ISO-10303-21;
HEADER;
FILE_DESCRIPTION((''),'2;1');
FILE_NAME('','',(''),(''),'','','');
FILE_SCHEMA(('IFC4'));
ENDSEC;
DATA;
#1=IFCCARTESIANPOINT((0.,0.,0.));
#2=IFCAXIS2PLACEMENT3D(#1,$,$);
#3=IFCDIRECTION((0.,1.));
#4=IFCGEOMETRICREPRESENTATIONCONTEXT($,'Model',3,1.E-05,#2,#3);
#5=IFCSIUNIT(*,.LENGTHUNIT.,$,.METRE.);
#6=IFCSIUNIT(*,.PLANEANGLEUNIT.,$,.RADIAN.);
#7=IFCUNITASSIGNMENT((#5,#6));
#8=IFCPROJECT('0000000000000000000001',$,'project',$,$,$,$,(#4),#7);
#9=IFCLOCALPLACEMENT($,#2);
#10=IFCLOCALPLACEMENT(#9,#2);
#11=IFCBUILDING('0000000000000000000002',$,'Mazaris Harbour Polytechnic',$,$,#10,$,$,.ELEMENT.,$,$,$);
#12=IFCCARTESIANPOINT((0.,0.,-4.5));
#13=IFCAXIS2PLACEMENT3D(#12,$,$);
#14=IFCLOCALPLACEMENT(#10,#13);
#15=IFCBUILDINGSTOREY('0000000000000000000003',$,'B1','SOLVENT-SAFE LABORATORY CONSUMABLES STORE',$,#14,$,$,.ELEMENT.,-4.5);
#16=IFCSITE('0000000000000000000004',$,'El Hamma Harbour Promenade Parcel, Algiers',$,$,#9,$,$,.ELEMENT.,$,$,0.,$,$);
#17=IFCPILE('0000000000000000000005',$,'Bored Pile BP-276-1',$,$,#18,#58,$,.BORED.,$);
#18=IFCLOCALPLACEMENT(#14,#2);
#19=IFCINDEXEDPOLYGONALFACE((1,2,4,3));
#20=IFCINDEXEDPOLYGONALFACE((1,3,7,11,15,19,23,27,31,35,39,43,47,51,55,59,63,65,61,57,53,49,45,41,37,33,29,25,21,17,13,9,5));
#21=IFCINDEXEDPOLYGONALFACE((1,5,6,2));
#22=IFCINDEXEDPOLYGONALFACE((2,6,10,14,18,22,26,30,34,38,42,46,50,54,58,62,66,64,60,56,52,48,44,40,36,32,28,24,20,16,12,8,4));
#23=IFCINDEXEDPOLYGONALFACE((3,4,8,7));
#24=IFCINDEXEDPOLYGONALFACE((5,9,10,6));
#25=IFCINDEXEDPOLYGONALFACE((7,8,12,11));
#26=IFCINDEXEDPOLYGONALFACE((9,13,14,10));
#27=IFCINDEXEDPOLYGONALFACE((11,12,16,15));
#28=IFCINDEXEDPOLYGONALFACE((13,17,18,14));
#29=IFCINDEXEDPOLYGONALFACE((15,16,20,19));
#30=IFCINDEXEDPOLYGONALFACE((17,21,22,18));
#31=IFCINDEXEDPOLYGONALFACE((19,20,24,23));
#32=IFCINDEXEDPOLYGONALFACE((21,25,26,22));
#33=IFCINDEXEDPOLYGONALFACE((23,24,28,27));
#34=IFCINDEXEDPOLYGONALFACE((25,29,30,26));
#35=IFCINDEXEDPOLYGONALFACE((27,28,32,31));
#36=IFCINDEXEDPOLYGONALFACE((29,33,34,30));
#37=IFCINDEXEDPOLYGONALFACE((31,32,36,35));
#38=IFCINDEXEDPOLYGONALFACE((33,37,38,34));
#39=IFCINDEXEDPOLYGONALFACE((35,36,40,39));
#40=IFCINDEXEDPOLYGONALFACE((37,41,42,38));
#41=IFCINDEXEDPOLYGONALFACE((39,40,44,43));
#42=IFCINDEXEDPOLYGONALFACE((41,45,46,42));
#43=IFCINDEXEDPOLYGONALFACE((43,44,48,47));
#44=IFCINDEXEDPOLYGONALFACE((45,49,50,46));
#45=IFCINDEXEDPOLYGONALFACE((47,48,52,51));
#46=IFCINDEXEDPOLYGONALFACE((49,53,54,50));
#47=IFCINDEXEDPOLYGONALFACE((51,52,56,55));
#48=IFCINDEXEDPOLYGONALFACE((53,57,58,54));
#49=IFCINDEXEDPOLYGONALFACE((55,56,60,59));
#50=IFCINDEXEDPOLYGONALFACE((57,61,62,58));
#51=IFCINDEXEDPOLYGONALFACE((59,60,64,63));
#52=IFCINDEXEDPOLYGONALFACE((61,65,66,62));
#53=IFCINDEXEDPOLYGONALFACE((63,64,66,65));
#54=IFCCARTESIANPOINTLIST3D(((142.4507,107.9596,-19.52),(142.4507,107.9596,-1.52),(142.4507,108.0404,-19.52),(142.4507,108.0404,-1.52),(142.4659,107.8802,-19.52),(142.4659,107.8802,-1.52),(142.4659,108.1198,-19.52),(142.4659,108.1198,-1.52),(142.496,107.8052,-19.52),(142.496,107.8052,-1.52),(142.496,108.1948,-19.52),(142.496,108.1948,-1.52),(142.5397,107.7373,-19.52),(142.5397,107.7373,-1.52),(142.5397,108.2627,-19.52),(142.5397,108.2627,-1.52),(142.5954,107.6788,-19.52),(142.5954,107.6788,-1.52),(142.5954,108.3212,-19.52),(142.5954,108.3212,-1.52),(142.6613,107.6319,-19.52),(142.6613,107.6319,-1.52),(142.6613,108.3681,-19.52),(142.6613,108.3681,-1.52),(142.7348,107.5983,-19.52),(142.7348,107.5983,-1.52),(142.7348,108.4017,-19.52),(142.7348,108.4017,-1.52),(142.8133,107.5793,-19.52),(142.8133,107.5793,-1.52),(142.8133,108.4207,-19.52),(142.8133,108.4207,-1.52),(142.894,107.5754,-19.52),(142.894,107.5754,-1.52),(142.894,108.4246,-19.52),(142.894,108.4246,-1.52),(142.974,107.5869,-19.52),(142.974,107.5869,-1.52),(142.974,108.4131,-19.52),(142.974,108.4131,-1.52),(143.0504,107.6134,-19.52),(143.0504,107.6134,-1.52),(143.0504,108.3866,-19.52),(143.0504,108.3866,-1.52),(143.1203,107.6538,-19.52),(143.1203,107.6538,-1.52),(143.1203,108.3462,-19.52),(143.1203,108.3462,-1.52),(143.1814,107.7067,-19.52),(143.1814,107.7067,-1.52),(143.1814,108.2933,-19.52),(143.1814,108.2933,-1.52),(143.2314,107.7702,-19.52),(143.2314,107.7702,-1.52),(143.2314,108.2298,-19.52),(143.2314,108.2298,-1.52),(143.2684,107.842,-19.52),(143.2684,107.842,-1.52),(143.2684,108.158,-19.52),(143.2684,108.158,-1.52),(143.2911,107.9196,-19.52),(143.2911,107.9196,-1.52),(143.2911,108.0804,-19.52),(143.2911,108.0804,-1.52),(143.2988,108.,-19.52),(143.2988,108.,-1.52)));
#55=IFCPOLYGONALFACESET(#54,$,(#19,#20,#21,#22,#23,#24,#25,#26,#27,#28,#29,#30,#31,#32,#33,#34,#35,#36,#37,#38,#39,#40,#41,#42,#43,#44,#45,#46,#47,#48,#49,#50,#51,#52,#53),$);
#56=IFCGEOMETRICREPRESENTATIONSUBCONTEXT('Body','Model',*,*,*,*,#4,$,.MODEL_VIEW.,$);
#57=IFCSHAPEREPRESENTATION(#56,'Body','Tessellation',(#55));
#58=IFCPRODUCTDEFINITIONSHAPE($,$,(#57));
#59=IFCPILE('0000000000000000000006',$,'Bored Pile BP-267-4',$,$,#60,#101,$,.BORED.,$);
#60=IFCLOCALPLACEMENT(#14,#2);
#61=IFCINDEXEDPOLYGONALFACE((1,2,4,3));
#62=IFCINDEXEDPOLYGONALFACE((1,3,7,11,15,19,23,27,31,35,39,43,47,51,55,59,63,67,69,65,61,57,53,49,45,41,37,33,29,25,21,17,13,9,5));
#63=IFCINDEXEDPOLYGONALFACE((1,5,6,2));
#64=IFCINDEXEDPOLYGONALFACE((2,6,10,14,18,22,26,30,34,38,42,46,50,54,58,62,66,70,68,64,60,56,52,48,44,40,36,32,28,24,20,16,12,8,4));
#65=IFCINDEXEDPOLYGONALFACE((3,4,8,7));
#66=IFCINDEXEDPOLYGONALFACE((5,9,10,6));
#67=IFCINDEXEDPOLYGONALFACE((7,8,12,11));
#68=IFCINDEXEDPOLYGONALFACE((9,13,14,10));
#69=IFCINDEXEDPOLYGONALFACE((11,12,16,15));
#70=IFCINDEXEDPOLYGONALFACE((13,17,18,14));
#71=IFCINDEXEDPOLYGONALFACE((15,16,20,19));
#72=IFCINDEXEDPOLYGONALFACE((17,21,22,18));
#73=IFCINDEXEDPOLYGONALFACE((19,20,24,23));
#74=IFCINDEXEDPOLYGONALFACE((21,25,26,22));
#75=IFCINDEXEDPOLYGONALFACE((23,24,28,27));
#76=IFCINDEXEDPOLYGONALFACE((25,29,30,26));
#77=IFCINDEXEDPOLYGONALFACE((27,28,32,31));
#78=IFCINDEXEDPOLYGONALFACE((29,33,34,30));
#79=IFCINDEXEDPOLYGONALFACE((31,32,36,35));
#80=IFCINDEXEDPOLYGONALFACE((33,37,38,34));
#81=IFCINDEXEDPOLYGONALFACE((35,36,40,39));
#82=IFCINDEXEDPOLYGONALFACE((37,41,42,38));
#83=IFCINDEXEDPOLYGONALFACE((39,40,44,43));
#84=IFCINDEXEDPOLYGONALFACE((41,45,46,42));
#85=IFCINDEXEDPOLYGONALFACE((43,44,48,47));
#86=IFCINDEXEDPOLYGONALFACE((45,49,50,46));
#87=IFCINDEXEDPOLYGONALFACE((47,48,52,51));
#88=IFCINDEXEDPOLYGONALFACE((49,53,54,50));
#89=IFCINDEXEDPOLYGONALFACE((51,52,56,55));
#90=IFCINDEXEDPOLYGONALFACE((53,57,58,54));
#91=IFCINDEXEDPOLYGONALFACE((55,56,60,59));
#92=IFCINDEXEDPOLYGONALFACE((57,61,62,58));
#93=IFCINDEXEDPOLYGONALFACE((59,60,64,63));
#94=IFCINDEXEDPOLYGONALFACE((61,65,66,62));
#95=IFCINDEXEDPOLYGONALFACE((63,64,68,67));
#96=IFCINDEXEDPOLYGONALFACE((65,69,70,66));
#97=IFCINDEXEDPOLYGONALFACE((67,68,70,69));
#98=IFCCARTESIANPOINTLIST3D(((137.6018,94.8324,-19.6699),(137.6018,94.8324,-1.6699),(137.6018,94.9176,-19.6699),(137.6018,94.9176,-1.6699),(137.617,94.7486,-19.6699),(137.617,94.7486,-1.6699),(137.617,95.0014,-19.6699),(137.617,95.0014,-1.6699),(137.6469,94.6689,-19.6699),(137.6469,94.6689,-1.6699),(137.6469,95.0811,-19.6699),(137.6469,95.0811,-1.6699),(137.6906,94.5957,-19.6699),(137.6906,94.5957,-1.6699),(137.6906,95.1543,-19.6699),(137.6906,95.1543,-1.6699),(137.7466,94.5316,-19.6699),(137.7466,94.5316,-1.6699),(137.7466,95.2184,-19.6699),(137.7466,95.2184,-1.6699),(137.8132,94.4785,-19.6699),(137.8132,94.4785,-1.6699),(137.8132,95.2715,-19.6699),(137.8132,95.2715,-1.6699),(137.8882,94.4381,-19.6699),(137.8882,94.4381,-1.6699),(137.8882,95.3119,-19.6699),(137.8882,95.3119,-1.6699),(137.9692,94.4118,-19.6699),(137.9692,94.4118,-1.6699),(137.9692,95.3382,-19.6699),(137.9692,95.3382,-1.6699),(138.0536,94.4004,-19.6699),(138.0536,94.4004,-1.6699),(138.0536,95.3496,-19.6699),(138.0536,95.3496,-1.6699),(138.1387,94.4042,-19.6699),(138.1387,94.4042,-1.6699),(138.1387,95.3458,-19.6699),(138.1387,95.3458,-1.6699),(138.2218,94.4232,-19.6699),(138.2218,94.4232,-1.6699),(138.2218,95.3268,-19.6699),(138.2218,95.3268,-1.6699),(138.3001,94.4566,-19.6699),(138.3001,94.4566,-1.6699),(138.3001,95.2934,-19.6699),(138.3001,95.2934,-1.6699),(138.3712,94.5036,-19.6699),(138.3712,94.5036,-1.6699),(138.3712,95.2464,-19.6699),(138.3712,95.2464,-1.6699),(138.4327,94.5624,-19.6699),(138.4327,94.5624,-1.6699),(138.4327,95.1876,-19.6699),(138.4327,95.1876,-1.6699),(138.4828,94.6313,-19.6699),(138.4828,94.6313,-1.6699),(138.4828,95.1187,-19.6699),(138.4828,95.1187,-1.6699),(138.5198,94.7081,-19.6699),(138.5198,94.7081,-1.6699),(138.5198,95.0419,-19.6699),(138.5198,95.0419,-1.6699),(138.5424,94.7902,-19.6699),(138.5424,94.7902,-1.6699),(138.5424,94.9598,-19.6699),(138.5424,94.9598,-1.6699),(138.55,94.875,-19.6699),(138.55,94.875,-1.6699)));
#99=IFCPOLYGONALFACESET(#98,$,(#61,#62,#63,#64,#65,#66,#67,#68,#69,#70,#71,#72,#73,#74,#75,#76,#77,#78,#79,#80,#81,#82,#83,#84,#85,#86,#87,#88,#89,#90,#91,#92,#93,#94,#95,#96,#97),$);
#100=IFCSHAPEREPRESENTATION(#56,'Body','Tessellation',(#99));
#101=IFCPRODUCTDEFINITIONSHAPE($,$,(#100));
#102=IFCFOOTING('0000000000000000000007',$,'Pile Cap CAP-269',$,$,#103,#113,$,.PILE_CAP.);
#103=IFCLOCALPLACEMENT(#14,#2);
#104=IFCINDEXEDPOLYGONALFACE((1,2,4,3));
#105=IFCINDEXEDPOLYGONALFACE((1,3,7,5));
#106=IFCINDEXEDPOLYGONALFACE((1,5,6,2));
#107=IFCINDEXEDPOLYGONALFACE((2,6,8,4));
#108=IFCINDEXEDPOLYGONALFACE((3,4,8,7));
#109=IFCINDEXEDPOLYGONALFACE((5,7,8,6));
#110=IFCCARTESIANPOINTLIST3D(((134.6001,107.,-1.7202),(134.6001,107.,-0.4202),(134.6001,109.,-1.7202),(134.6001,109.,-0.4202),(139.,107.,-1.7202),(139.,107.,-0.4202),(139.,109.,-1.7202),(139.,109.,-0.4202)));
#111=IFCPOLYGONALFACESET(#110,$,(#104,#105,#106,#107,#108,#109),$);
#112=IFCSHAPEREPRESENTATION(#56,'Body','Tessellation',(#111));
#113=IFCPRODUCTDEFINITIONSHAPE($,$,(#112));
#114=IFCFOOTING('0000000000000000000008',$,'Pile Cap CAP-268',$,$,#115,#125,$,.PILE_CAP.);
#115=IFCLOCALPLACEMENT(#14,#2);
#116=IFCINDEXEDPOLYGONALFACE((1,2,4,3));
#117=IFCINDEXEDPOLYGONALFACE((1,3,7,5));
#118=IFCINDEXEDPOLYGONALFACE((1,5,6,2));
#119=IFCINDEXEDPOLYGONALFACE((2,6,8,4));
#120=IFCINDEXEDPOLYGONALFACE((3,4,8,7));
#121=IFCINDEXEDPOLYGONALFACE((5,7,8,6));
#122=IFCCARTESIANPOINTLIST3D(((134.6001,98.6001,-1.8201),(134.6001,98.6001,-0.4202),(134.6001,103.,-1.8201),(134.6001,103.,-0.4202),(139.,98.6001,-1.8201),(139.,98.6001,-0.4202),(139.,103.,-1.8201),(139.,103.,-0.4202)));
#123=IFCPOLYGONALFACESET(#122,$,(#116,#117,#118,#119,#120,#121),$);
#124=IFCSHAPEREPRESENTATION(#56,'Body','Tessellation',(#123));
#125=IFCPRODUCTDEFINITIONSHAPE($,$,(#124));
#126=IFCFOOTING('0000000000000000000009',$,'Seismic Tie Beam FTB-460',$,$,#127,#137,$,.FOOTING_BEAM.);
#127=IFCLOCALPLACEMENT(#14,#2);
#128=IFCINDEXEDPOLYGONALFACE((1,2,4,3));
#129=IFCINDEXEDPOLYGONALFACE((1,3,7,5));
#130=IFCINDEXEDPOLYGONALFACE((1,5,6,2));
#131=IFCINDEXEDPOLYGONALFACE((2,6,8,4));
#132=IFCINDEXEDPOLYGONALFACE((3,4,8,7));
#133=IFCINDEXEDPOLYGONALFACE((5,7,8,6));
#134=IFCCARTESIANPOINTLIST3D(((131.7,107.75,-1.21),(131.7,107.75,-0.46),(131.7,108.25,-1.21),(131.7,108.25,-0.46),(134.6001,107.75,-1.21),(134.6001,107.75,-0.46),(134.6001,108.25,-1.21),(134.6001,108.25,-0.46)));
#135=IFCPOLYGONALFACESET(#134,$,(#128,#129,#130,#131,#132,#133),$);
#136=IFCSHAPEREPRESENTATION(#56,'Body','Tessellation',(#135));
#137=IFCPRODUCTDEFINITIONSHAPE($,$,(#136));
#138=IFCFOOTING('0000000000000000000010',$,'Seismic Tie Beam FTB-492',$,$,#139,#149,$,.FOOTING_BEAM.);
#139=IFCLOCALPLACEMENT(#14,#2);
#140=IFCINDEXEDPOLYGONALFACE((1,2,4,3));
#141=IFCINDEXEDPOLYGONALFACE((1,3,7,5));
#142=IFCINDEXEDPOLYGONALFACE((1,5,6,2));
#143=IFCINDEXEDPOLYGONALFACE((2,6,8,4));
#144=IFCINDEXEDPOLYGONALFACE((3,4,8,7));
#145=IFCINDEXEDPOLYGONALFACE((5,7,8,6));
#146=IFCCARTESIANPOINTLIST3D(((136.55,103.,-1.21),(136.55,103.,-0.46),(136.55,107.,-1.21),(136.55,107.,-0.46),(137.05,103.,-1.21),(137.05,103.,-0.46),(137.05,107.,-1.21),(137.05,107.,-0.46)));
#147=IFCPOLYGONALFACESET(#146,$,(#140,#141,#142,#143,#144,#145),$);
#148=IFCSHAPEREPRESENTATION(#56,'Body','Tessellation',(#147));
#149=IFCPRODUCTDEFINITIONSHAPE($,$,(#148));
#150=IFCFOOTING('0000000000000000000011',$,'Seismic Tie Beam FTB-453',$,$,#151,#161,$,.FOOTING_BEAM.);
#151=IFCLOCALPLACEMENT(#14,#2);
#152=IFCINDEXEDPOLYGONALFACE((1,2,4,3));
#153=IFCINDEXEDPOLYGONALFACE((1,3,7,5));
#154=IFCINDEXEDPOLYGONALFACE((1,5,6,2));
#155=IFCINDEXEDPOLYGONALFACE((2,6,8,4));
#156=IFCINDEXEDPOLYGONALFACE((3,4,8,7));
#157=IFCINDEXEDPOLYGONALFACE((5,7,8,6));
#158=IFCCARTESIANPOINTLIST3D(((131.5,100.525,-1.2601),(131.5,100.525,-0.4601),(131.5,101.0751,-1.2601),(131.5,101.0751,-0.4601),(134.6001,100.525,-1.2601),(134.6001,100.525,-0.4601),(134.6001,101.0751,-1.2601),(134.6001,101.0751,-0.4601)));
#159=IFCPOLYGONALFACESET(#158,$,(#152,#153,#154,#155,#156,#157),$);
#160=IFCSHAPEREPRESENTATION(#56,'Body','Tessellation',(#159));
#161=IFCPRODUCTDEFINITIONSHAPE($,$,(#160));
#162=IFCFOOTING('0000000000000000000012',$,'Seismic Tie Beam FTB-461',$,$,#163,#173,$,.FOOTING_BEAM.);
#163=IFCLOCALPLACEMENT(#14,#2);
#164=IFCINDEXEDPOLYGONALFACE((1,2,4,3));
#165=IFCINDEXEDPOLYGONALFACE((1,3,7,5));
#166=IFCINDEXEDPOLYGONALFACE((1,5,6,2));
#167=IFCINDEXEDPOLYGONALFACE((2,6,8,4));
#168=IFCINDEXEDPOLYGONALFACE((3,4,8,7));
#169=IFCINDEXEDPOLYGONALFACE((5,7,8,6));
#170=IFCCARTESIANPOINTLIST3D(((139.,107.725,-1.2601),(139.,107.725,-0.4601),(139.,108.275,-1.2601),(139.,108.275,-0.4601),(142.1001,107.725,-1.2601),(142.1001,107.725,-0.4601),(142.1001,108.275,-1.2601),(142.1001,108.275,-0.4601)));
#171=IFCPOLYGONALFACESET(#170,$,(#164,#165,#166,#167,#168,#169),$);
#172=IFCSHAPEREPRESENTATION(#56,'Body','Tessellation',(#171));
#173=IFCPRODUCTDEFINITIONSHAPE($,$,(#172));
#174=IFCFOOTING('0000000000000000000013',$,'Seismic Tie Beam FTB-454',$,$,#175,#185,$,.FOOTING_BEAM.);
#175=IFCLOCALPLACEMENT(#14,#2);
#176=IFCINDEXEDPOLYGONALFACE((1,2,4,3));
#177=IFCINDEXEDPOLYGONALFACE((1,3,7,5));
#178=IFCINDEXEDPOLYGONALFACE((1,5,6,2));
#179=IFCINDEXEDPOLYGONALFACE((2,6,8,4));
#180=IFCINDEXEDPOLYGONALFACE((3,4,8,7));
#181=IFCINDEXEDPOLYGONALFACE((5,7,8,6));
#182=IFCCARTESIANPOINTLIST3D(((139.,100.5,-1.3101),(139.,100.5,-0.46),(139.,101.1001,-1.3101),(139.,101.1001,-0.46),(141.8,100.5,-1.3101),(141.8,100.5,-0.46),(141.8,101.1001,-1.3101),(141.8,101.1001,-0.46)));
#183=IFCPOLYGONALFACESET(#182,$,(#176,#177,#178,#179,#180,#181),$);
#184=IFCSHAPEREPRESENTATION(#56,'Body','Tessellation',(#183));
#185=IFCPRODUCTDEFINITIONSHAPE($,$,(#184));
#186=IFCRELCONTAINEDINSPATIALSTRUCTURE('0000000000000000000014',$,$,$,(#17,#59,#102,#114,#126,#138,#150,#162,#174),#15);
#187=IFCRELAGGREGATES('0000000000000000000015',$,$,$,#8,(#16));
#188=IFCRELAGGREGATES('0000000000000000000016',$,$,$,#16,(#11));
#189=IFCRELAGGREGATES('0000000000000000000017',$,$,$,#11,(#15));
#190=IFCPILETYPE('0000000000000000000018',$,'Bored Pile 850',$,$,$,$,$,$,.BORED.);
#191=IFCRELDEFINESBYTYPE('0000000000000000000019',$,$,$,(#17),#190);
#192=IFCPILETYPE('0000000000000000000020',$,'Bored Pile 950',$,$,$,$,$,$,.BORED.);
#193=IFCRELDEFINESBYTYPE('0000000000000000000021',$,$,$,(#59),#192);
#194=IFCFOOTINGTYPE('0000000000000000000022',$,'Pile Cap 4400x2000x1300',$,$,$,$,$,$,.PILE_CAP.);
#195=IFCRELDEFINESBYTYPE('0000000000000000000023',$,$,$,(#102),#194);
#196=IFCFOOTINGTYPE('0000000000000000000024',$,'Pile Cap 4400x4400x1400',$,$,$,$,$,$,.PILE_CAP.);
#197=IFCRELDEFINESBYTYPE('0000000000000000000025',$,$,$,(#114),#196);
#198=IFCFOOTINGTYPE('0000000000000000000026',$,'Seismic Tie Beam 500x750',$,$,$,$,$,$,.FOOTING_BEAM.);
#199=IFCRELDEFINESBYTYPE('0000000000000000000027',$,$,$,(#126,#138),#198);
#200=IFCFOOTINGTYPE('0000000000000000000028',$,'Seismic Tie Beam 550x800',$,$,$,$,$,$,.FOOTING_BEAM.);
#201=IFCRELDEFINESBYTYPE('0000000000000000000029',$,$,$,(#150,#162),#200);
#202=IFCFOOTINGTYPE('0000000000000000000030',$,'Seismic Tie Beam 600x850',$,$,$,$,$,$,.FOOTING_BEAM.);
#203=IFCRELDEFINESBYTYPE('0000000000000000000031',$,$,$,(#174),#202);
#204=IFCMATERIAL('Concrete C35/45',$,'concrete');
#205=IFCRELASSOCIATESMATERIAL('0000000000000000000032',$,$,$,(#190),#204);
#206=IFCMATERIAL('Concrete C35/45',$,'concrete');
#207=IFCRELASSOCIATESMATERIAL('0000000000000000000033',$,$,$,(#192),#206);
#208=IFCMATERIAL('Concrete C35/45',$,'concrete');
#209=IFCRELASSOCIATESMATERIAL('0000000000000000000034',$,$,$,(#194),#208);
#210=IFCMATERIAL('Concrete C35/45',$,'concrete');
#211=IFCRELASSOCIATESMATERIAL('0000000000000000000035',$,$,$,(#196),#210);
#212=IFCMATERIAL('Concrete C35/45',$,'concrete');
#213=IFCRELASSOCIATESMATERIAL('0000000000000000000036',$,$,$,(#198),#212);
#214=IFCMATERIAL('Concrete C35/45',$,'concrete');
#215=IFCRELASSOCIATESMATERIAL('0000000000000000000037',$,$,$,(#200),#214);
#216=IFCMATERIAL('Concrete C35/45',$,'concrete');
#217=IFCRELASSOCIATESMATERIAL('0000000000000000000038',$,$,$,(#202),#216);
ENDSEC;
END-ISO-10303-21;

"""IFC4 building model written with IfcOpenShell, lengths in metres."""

from ifc_helpers import new_model, si_unit, direction, frame, origin, origin_2d, place, context, subcontext, project, spatial, rectangle, circle, extrude, material, material_profile, profile_set, type_object, element, save


model = new_model("IFC4")

# Units and contexts
model_context = context("Model", 3, precision=1e-05, world=origin(), true_north=direction((0.0, 1.0)))
body_context = subcontext(model_context, "Body", "Model", "MODEL_VIEW")
ifc_project = project(units=[si_unit("LENGTHUNIT", "METRE"), si_unit("PLANEANGLEUNIT", "RADIAN")], contexts=[model_context])

# Site, building, storey
site_placement = place(None, origin())
site = spatial("IfcSite", under=ifc_project, at=site_placement, Name="El Hamma Harbour Promenade Parcel, Algiers", CompositionType="ELEMENT", RefElevation=0.0)
building_placement = place(site_placement, origin())
building = spatial("IfcBuilding", under=site, at=building_placement, Name="Mazaris Harbour Polytechnic", CompositionType="ELEMENT")
storey_placement = place(building_placement, frame((0.0, 0.0, -4.5)))
storey = spatial("IfcBuildingStorey", under=building, at=storey_placement, Name="B1", Description="SOLVENT-SAFE LABORATORY CONSUMABLES STORE", CompositionType="ELEMENT", Elevation=-4.5)

# Piles
ifc_material_1 = material(Name="Concrete C35/45", Category="concrete")
ifc_material_profile_1 = material_profile(ifc_material_1, circle(Radius=0.425, at=origin_2d()), Name="DIA850")
ifc_profile_set_1 = profile_set([ifc_material_profile_1], Name="Concrete C35/45")
pile_type_1 = type_object("IfcPileType", Name="Bored Pile 850", PredefinedType="BORED", material=ifc_profile_set_1)
pile_1_placement = place(storey_placement, frame((142.8738, 108.0, -1.52), z_axis=(0.0, 0.0, -1.0), x_axis=(1.0, 0.0, 0.0)))
element("IfcPile", 1, at=pile_1_placement, inside=storey, type_object=pile_type_1, Name="Bored Pile BP-276-1", PredefinedType="BORED", context=body_context, shape_type="SweptSolid", body=[
    extrude(circle(Radius=0.425, at=origin_2d()), origin(), (0.0, 0.0, 1.0), 18.0),
])
ifc_material_2 = material(Name="Concrete C35/45", Category="concrete")
ifc_material_profile_2 = material_profile(ifc_material_2, circle(Radius=0.4751, at=origin_2d()), Name="DIA950")
ifc_profile_set_2 = profile_set([ifc_material_profile_2], Name="Concrete C35/45")
pile_type_2 = type_object("IfcPileType", Name="Bored Pile 950", PredefinedType="BORED", material=ifc_profile_set_2)
pile_2_placement = place(storey_placement, frame((138.075, 94.875, -1.6699), z_axis=(0.0, 0.0, -1.0), x_axis=(1.0, 0.0, 0.0)))
element("IfcPile", 2, at=pile_2_placement, inside=storey, type_object=pile_type_2, Name="Bored Pile BP-267-4", PredefinedType="BORED", context=body_context, shape_type="SweptSolid", body=[
    extrude(circle(Radius=0.4751, at=origin_2d()), origin(), (0.0, 0.0, 1.0), 18.0),
])

# Footings
ifc_material_3 = material(Name="Concrete C35/45", Category="concrete")
footing_type_1 = type_object("IfcFootingType", Name="Pile Cap 4400x2000x1300", PredefinedType="PILE_CAP", material=ifc_material_3)
footing_1_placement = place(storey_placement, frame((136.8, 108.0, -1.7202), z_axis=(0.0, 0.0, 1.0), x_axis=(1.0, 0.0, 0.0)))
element("IfcFooting", 3, at=footing_1_placement, inside=storey, type_object=footing_type_1, Name="Pile Cap CAP-269", PredefinedType="PILE_CAP", context=body_context, shape_type="SweptSolid", body=[
    extrude(rectangle(XDim=4.3999, YDim=2.0, at=origin_2d()), origin(), (0.0, 0.0, 1.0), 1.3),
])
ifc_material_4 = material(Name="Concrete C35/45", Category="concrete")
footing_type_2 = type_object("IfcFootingType", Name="Pile Cap 4400x4400x1400", PredefinedType="PILE_CAP", material=ifc_material_4)
footing_2_placement = place(storey_placement, frame((136.8, 100.8, -1.8201), z_axis=(0.0, 0.0, 1.0), x_axis=(1.0, 0.0, 0.0)))
element("IfcFooting", 4, at=footing_2_placement, inside=storey, type_object=footing_type_2, Name="Pile Cap CAP-268", PredefinedType="PILE_CAP", context=body_context, shape_type="SweptSolid", body=[
    extrude(rectangle(XDim=4.3999, YDim=4.3999, at=origin_2d()), origin(), (0.0, 0.0, 1.0), 1.3999),
])
ifc_material_5 = material(Name="Concrete C35/45", Category="concrete")
ifc_material_profile_3 = material_profile(ifc_material_5, rectangle(XDim=0.5, YDim=0.75, at=origin_2d()), Name="RECT500x750")
ifc_profile_set_3 = profile_set([ifc_material_profile_3], Name="Concrete C35/45")
footing_type_3 = type_object("IfcFootingType", Name="Seismic Tie Beam 500x750", PredefinedType="FOOTING_BEAM", material=ifc_profile_set_3)
footing_3_placement = place(storey_placement, frame((131.7, 108.0, -0.835), z_axis=(1.0, 0.0, 0.0), x_axis=(0.0, 1.0, 0.0)))
element("IfcFooting", 5, at=footing_3_placement, inside=storey, type_object=footing_type_3, Name="Seismic Tie Beam FTB-460", PredefinedType="FOOTING_BEAM", context=body_context, shape_type="SweptSolid", body=[
    extrude(rectangle(XDim=0.5, YDim=0.75, at=origin_2d()), origin(), (0.0, 0.0, 1.0), 2.9001),
])
footing_4_placement = place(storey_placement, frame((136.8, 103.0, -0.835), z_axis=(0.0, 1.0, 0.0), x_axis=(-1.0, 0.0, 0.0)))
element("IfcFooting", 6, at=footing_4_placement, inside=storey, type_object=footing_type_3, Name="Seismic Tie Beam FTB-492", PredefinedType="FOOTING_BEAM", context=body_context, shape_type="SweptSolid", body=[
    extrude(rectangle(XDim=0.5, YDim=0.75, at=origin_2d()), origin(), (0.0, 0.0, 1.0), 4.0),
])
ifc_material_6 = material(Name="Concrete C35/45", Category="concrete")
ifc_material_profile_4 = material_profile(ifc_material_6, rectangle(XDim=0.55, YDim=0.8, at=origin_2d()), Name="RECT550x800")
ifc_profile_set_4 = profile_set([ifc_material_profile_4], Name="Concrete C35/45")
footing_type_4 = type_object("IfcFootingType", Name="Seismic Tie Beam 550x800", PredefinedType="FOOTING_BEAM", material=ifc_profile_set_4)
for number, where, z_axis, x_axis, name in (
    (7, (131.5, 100.8, -0.8601), (1.0, 0.0, 0.0), (0.0, 1.0, 0.0), "Seismic Tie Beam FTB-453"),
    (8, (139.0, 108.0, -0.8601), (1.0, 0.0, 0.0), (0.0, 1.0, 0.0), "Seismic Tie Beam FTB-461"),
):
    element("IfcFooting", number, at=place(storey_placement, frame(where, z_axis=z_axis, x_axis=x_axis)), inside=storey, type_object=footing_type_4, Name=name, PredefinedType="FOOTING_BEAM", context=body_context, shape_type="SweptSolid", body=[
        extrude(rectangle(XDim=0.55, YDim=0.8, at=origin_2d()), origin(), (0.0, 0.0, 1.0), 3.1001),
    ])
ifc_material_7 = material(Name="Concrete C35/45", Category="concrete")
ifc_material_profile_5 = material_profile(ifc_material_7, rectangle(XDim=0.6001, YDim=0.8501, at=origin_2d()), Name="RECT600x850")
ifc_profile_set_5 = profile_set([ifc_material_profile_5], Name="Concrete C35/45")
footing_type_5 = type_object("IfcFootingType", Name="Seismic Tie Beam 600x850", PredefinedType="FOOTING_BEAM", material=ifc_profile_set_5)
footing_5_placement = place(storey_placement, frame((139.0, 100.8, -0.885), z_axis=(1.0, 0.0, 0.0), x_axis=(0.0, 1.0, 0.0)))
element("IfcFooting", 9, at=footing_5_placement, inside=storey, type_object=footing_type_5, Name="Seismic Tie Beam FTB-454", PredefinedType="FOOTING_BEAM", context=body_context, shape_type="SweptSolid", body=[
    extrude(rectangle(XDim=0.6001, YDim=0.8501, at=origin_2d()), origin(), (0.0, 0.0, 1.0), 2.8),
])

save(model, "model.ifc")
